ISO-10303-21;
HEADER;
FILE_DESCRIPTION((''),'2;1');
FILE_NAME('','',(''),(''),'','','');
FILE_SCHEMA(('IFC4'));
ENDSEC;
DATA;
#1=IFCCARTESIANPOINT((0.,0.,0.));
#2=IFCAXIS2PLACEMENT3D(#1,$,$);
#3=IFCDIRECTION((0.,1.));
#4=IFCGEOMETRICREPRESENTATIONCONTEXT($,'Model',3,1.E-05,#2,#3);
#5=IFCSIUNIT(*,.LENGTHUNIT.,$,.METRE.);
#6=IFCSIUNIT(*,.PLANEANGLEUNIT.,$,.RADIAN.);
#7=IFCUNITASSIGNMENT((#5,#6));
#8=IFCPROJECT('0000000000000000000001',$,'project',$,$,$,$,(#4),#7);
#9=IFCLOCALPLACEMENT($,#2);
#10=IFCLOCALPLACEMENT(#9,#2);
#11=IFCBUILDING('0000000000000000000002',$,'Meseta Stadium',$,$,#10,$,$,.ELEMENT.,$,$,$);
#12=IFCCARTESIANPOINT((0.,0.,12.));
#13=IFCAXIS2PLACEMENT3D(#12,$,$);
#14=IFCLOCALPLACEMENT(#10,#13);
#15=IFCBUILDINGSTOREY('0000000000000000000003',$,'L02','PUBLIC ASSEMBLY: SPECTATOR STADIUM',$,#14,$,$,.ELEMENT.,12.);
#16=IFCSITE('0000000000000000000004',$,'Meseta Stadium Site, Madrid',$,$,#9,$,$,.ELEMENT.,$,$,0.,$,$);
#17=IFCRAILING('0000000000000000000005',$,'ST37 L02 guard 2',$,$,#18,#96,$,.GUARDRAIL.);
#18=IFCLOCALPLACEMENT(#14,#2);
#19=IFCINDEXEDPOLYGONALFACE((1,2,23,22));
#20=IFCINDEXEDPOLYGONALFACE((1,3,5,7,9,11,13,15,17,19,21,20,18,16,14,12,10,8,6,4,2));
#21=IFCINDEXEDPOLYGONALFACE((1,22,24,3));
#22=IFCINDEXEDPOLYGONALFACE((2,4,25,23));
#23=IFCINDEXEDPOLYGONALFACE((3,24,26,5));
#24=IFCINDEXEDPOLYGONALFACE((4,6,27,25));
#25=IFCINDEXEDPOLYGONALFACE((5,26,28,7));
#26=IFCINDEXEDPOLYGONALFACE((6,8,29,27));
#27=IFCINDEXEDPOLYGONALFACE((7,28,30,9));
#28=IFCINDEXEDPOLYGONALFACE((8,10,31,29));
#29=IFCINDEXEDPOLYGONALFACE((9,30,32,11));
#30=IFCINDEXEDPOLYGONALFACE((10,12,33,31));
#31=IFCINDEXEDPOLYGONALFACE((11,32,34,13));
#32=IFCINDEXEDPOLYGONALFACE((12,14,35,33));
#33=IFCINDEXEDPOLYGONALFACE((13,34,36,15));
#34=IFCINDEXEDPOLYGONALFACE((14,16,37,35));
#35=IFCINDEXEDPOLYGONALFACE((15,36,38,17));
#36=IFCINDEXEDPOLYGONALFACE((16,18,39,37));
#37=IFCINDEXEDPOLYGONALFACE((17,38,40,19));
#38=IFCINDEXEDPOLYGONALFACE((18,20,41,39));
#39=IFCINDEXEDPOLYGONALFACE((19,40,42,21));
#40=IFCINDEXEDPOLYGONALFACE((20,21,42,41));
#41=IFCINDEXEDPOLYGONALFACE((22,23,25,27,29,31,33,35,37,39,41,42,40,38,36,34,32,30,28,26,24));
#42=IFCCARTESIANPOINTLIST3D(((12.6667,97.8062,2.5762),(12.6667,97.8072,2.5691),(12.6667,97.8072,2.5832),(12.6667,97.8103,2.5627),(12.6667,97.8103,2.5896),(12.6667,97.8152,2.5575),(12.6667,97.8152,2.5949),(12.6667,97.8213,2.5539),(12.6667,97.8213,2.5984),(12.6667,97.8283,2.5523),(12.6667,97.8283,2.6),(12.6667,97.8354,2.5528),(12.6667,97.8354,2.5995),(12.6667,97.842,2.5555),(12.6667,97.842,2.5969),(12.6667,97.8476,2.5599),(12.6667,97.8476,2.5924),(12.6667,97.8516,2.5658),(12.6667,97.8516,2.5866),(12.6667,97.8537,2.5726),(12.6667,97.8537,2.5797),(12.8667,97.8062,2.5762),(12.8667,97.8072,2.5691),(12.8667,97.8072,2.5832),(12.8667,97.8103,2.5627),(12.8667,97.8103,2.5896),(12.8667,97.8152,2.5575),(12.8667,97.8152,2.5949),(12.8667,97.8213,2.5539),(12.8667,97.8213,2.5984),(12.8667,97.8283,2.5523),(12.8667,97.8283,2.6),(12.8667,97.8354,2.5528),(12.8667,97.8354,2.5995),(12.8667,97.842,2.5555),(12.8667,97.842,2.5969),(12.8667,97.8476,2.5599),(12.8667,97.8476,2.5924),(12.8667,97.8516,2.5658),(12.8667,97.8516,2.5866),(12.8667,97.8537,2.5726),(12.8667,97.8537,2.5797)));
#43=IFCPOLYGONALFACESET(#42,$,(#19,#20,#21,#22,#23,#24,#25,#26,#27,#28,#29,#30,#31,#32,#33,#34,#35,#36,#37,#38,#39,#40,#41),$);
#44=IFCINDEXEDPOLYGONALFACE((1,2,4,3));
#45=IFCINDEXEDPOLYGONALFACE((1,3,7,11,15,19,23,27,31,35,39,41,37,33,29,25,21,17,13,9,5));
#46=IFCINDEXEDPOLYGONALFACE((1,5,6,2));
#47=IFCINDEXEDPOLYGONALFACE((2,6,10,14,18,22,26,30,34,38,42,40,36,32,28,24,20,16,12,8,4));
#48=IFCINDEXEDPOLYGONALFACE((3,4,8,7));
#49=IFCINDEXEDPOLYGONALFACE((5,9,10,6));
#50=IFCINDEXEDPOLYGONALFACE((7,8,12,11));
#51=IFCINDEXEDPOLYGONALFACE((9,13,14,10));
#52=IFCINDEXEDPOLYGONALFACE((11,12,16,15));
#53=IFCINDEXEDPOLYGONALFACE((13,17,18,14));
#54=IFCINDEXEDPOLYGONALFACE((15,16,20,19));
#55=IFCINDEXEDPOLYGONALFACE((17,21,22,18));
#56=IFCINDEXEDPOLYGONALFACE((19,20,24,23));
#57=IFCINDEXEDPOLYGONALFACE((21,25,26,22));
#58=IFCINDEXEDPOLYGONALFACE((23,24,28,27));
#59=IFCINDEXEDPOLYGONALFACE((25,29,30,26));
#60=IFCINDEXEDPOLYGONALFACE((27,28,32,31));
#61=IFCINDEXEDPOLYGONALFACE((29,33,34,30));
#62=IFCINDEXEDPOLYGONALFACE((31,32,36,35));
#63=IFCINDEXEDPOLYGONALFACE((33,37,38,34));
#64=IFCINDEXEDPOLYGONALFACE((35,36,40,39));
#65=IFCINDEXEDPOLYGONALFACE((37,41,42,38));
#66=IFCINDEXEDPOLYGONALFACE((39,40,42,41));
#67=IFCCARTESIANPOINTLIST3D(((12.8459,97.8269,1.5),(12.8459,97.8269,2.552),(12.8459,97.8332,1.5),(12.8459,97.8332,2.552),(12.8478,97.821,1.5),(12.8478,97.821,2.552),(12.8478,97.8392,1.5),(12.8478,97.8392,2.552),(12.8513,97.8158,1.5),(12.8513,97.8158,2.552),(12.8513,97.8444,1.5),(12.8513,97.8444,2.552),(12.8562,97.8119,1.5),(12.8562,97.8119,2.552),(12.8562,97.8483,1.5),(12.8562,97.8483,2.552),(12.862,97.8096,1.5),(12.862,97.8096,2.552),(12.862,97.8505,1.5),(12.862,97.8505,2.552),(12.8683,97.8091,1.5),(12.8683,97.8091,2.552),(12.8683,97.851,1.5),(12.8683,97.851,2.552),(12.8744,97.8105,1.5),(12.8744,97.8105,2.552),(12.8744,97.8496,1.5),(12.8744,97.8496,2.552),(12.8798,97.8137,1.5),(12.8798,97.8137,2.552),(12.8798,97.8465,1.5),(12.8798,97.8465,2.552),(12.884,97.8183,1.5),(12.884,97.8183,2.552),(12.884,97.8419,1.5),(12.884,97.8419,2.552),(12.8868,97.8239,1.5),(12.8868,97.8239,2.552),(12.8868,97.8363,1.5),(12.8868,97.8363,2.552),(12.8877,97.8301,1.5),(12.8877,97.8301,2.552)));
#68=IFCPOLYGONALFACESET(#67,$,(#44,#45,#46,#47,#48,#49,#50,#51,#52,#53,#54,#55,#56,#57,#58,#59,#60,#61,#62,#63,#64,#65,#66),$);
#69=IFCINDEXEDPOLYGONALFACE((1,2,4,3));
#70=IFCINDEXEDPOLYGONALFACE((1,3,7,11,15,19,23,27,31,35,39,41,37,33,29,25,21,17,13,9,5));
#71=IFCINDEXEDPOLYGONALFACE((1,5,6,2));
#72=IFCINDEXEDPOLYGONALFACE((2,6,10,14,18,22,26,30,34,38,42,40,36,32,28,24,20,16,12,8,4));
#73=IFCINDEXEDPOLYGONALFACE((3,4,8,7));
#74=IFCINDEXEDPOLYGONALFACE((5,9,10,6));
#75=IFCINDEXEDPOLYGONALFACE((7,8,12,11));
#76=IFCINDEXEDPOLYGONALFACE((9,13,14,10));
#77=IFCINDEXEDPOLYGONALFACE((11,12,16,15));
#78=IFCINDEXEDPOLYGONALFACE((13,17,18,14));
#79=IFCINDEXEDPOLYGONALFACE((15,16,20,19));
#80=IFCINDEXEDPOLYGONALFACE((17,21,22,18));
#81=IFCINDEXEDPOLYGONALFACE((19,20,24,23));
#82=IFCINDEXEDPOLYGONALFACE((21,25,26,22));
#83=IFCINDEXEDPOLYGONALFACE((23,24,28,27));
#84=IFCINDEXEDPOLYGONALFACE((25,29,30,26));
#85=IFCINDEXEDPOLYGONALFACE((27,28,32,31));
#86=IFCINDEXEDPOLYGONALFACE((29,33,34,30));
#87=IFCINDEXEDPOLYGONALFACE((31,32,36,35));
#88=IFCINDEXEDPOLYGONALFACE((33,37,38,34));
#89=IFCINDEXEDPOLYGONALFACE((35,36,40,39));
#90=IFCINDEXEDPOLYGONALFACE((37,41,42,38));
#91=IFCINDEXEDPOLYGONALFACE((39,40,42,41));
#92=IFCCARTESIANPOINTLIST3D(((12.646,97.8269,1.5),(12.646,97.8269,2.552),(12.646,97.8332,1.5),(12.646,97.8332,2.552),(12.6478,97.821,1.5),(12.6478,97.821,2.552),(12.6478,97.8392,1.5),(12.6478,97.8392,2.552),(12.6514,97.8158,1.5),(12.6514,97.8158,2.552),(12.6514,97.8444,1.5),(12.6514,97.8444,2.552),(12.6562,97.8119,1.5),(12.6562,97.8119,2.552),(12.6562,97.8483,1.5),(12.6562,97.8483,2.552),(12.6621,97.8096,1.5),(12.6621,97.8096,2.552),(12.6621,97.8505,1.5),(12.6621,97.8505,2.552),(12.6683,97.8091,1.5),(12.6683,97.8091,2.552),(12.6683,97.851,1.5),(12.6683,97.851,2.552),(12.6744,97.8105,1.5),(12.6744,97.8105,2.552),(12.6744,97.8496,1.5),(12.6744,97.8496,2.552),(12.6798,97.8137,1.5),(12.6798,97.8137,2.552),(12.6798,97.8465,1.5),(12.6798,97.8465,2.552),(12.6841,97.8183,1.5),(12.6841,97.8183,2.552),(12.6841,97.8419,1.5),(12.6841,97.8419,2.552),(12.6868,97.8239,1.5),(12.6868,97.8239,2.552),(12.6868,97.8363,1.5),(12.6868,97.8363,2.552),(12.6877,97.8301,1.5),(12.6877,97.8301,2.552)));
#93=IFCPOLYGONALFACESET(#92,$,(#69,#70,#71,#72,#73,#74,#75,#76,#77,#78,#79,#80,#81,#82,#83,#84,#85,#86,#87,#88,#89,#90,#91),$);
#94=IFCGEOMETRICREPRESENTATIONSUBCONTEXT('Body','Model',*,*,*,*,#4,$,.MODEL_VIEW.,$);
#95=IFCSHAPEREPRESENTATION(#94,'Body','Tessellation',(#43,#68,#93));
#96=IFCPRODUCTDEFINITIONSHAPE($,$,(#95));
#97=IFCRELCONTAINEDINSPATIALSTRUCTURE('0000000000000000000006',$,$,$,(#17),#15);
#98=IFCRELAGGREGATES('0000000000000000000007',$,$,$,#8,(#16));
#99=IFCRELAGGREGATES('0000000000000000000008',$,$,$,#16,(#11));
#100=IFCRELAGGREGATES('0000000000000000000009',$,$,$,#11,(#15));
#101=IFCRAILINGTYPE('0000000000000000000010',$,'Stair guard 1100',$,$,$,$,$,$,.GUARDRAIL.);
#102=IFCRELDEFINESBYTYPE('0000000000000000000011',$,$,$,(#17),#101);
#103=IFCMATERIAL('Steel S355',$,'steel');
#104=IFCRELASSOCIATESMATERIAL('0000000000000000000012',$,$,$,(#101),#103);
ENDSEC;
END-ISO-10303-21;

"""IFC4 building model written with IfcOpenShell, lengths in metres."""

from ifc_helpers import new_model, si_unit, direction, frame, origin, origin_2d, place, context, subcontext, project, spatial, circle, extrude, material, type_object, element, save


model = new_model("IFC4")

# Units and contexts
model_context = context("Model", 3, precision=1e-05, world=origin(), true_north=direction((0.0, 1.0)))
body_context = subcontext(model_context, "Body", "Model", "MODEL_VIEW")
ifc_project = project(units=[si_unit("LENGTHUNIT", "METRE"), si_unit("PLANEANGLEUNIT", "RADIAN")], contexts=[model_context])

# Site, building, storey
site_placement = place(None, origin())
site = spatial("IfcSite", under=ifc_project, at=site_placement, Name="Meseta Stadium Site, Madrid", CompositionType="ELEMENT", RefElevation=0.0)
building_placement = place(site_placement, origin())
building = spatial("IfcBuilding", under=site, at=building_placement, Name="Meseta Stadium", CompositionType="ELEMENT")
storey_placement = place(building_placement, frame((0.0, 0.0, 12.0)))
storey = spatial("IfcBuildingStorey", under=building, at=storey_placement, Name="L02", Description="PUBLIC ASSEMBLY: SPECTATOR STADIUM", CompositionType="ELEMENT", Elevation=12.0)

# Railing
ifc_material_1 = material(Name="Steel S355", Category="steel")
railing_type_1 = type_object("IfcRailingType", Name="Stair guard 1100", PredefinedType="GUARDRAIL", material=ifc_material_1)
railing_1_placement = place(storey_placement, frame((12.8667, 97.8301, 1.5)))
element("IfcRailing", 1, at=railing_1_placement, inside=storey, type_object=railing_type_1, Name="ST37 L02 guard 2", PredefinedType="GUARDRAIL", context=body_context, shape_type="SweptSolid", body=[
    extrude(circle(Radius=0.0239, at=origin_2d()), frame((0.0, 0.0, 1.0762), z_axis=(-1.0, 0.0, 0.0), x_axis=(0.0, -1.0, 0.0)), (0.0, 0.0, 1.0), 0.2),
    extrude(circle(Radius=0.021, at=origin_2d()), origin(), (0.0, 0.0, 1.0), 1.052),
    extrude(circle(Radius=0.021, at=origin_2d()), frame((-0.2, 0.0, 0.0)), (0.0, 0.0, 1.0), 1.052),
])

save(model, "model.ifc")
